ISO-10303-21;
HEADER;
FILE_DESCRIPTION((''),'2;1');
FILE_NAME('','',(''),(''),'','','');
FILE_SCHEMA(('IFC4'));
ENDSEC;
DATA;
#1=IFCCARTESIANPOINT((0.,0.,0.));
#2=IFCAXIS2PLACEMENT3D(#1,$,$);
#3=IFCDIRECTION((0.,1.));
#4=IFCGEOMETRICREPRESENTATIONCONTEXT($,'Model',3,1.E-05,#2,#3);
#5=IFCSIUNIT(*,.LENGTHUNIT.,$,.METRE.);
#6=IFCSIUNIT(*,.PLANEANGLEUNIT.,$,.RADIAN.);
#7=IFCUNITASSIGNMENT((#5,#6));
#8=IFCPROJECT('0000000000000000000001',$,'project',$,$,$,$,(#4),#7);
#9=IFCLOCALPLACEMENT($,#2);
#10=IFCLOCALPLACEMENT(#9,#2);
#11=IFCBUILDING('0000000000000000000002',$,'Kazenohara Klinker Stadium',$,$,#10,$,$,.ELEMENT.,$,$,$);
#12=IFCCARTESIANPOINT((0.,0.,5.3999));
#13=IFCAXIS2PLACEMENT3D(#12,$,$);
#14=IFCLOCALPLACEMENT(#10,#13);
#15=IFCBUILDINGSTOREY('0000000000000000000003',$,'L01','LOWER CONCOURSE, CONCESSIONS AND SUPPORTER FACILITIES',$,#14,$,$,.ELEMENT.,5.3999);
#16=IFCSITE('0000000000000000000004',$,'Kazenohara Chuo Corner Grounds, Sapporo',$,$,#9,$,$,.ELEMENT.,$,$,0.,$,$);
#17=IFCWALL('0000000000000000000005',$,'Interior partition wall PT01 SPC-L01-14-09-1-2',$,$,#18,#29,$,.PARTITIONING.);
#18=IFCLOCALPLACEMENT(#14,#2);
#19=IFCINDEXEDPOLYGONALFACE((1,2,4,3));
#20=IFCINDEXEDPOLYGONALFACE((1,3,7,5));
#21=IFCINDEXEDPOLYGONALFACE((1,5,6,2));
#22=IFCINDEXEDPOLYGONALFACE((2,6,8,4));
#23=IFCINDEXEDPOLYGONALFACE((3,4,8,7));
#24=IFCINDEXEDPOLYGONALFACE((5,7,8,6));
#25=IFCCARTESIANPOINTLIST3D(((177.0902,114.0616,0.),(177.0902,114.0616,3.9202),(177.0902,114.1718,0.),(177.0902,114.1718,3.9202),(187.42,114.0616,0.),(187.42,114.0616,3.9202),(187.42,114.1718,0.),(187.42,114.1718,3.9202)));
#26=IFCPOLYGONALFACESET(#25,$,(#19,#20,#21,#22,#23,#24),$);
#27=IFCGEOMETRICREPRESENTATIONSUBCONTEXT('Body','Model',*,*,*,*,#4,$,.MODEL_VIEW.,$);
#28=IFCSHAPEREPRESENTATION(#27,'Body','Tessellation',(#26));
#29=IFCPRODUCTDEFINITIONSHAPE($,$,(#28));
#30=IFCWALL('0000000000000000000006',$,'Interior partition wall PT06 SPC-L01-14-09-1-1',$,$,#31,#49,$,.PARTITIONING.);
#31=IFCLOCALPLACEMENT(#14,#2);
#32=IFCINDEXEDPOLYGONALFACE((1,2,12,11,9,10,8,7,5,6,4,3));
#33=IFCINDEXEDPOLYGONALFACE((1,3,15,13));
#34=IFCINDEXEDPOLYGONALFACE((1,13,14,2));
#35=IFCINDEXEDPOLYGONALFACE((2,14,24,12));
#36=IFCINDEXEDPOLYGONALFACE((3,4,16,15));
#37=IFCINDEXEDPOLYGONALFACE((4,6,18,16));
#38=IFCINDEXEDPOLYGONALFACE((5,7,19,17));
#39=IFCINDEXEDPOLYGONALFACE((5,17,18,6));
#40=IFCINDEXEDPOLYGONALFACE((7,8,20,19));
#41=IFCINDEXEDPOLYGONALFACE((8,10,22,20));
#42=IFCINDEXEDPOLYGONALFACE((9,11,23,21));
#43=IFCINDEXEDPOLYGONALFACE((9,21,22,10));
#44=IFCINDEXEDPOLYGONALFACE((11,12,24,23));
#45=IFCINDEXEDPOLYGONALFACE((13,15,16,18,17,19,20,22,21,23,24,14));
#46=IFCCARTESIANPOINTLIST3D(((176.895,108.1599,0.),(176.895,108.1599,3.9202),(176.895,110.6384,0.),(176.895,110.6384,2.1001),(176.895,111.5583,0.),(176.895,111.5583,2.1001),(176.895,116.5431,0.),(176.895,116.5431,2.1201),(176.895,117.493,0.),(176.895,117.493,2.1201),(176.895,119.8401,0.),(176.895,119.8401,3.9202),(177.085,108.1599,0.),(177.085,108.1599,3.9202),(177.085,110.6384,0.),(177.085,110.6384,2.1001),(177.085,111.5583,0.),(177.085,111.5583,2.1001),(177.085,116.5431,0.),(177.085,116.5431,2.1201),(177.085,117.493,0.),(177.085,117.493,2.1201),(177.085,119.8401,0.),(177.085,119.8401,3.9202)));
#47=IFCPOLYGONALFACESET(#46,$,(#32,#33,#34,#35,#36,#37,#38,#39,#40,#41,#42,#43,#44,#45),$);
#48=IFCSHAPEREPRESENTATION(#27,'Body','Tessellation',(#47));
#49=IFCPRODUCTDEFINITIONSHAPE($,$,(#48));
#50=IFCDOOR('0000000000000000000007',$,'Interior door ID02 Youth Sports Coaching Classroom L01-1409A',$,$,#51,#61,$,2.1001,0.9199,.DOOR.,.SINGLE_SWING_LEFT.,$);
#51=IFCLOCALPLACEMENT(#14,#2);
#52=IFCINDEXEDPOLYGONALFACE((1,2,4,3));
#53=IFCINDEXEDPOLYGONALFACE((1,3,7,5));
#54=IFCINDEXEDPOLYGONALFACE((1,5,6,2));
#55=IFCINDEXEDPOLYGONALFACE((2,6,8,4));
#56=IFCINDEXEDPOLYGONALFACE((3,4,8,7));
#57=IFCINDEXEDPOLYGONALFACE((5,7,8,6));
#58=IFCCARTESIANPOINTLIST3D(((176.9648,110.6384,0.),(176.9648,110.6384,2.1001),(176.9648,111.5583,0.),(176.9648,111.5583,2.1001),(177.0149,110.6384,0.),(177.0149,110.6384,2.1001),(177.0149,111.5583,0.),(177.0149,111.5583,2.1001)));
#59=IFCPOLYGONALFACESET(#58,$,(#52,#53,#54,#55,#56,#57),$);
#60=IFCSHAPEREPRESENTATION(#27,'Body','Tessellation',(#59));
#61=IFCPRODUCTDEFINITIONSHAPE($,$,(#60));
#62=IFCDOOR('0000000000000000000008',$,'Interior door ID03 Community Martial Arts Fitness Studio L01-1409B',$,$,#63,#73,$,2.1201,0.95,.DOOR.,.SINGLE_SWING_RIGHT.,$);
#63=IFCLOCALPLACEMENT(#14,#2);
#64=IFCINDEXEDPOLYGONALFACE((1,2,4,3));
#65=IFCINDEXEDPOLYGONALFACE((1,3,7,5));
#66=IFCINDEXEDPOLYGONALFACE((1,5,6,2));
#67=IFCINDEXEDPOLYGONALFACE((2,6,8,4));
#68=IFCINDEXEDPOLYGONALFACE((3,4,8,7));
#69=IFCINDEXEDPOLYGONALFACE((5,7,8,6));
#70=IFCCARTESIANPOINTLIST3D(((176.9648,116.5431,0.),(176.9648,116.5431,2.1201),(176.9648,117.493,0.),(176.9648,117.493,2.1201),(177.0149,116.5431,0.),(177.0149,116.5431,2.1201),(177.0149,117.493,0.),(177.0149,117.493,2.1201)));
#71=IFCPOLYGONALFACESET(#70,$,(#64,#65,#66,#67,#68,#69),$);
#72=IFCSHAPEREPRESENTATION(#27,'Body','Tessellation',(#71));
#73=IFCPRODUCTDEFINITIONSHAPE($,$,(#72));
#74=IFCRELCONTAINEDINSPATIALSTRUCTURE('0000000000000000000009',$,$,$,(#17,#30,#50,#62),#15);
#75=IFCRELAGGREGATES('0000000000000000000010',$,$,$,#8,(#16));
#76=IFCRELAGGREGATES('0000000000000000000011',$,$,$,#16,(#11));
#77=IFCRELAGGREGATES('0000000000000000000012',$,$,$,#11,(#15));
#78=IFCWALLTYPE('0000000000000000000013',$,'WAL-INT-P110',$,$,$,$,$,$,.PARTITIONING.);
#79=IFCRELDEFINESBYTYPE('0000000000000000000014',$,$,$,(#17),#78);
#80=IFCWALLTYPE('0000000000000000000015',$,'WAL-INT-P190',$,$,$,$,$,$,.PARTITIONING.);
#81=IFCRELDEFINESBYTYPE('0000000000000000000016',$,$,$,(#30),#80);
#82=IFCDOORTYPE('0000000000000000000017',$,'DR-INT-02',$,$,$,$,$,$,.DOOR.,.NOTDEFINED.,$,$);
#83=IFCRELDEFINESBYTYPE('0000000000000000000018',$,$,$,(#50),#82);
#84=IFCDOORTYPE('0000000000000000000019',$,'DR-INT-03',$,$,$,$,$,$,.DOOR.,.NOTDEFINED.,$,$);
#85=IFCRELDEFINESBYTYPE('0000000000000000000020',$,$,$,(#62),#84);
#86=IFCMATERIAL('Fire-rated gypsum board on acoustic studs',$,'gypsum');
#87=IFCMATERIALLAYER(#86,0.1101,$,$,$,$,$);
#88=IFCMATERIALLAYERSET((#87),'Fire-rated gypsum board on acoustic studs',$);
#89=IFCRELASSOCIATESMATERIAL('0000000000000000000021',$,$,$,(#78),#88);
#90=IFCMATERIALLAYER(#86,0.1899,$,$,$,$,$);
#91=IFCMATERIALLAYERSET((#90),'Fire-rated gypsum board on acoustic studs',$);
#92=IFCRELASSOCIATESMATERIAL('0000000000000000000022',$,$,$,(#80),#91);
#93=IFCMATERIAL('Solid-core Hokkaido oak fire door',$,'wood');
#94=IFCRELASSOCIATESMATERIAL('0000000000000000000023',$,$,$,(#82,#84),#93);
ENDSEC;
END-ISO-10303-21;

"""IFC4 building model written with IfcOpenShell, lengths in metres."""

from ifc_helpers import new_model, si_unit, direction, frame, frame_2d, origin, place, context, subcontext, project, spatial, rectangle, extrude, material, layer, layer_set, type_object, element, fill, save


model = new_model("IFC4")

# Units and contexts
model_context = context("Model", 3, precision=1e-05, world=origin(), true_north=direction((0.0, 1.0)))
body_context = subcontext(model_context, "Body", "Model", "MODEL_VIEW")
ifc_project = project(units=[si_unit("LENGTHUNIT", "METRE"), si_unit("PLANEANGLEUNIT", "RADIAN")], contexts=[model_context])

# Site, building, storey
site_placement = place(None, origin())
site = spatial("IfcSite", under=ifc_project, at=site_placement, Name="Kazenohara Chuo Corner Grounds, Sapporo", CompositionType="ELEMENT", RefElevation=0.0)
building_placement = place(site_placement, origin())
building = spatial("IfcBuilding", under=site, at=building_placement, Name="Kazenohara Klinker Stadium", CompositionType="ELEMENT")
storey_placement = place(building_placement, frame((0.0, 0.0, 5.3999)))
storey = spatial("IfcBuildingStorey", under=building, at=storey_placement, Name="L01", Description="LOWER CONCOURSE, CONCESSIONS AND SUPPORTER FACILITIES", CompositionType="ELEMENT", Elevation=5.3999)

# Wall
ifc_material_1 = material(Name="Fire-rated gypsum board on acoustic studs", Category="gypsum")
ifc_layer_1 = layer(ifc_material_1, 0.1101)
ifc_layer_set_1 = layer_set([ifc_layer_1], Name="Fire-rated gypsum board on acoustic studs")
wall_type_1 = type_object("IfcWallType", Name="WAL-INT-P110", PredefinedType="PARTITIONING", material=ifc_layer_set_1)
wall_1_placement = place(storey_placement, frame((177.0901, 114.1167, 0.0), z_axis=(0.0, 0.0, 1.0), x_axis=(1.0, 0.0, 0.0)))
element("IfcWall", 1, at=wall_1_placement, inside=storey, type_object=wall_type_1, Name="Interior partition wall PT01 SPC-L01-14-09-1-2", PredefinedType="PARTITIONING", context=body_context, shape_type="SweptSolid", body=[
    extrude(rectangle(XDim=10.3298, YDim=0.1101, at=frame_2d((5.165, 0.0))), origin(), (0.0, 0.0, 1.0), 3.9202),
])

# Wall, openings, doors
ifc_layer_2 = layer(ifc_material_1, 0.1899)
ifc_layer_set_2 = layer_set([ifc_layer_2], Name="Fire-rated gypsum board on acoustic studs")
wall_type_2 = type_object("IfcWallType", Name="WAL-INT-P190", PredefinedType="PARTITIONING", material=ifc_layer_set_2)
wall_2_placement = place(storey_placement, frame((176.99, 108.1599, 0.0), z_axis=(0.0, 0.0, 1.0), x_axis=(0.0, 1.0, 0.0)))
wall_2 = element("IfcWall", 2, at=wall_2_placement, inside=storey, type_object=wall_type_2, Name="Interior partition wall PT06 SPC-L01-14-09-1-1", PredefinedType="PARTITIONING", context=body_context, shape_type="SweptSolid", body=[
    extrude(rectangle(XDim=11.6802, YDim=0.1899, at=frame_2d((5.8401, 0.0))), origin(), (0.0, 0.0, 1.0), 3.9202),
])
opening_1_placement = place(wall_2_placement, frame((3.3984, 0.0, 0.0), z_axis=(0.0, 0.0, 1.0), x_axis=(-1.0, 0.0, 0.0)))
opening_1 = element("IfcOpeningElement", 3, at=opening_1_placement, cuts=wall_2, PredefinedType="OPENING", context=body_context, shape_type="SweptSolid", body=[
    extrude(rectangle(XDim=0.9199, YDim=2.1001, at=frame_2d((0.46, 1.05))), frame((0.0, 0.105, 0.0), z_axis=(0.0, -1.0, 0.0), x_axis=(1.0, 0.0, 0.0)), (0.0, 0.0, 1.0), 0.21),
])
opening_2_placement = place(wall_2_placement, frame((9.3333, 0.0, 0.0), z_axis=(0.0, 0.0, 1.0), x_axis=(-1.0, 0.0, 0.0)))
opening_2 = element("IfcOpeningElement", 4, at=opening_2_placement, cuts=wall_2, PredefinedType="OPENING", context=body_context, shape_type="SweptSolid", body=[
    extrude(rectangle(XDim=0.95, YDim=2.1201, at=frame_2d((0.4751, 1.0601))), frame((0.0, 0.105, 0.0), z_axis=(0.0, -1.0, 0.0), x_axis=(1.0, 0.0, 0.0)), (0.0, 0.0, 1.0), 0.21),
])
ifc_material_2 = material(Name="Solid-core Hokkaido oak fire door", Category="wood")
door_type_1 = type_object("IfcDoorType", Name="DR-INT-02", OperationType="NOTDEFINED", PredefinedType="DOOR", material=ifc_material_2)
door_1_placement = place(opening_1_placement, origin())
door_1 = element("IfcDoor", 5, at=door_1_placement, inside=storey, type_object=door_type_1, Name="Interior door ID02 Youth Sports Coaching Classroom L01-1409A", OperationType="SINGLE_SWING_LEFT", OverallHeight=2.1001, OverallWidth=0.9199, PredefinedType="DOOR", context=body_context, shape_type="SweptSolid", body=[
    extrude(rectangle(XDim=0.9199, YDim=2.1001, at=frame_2d((0.46, 1.05))), frame((0.0, 0.0249, 0.0), z_axis=(0.0, -1.0, 0.0), x_axis=(1.0, 0.0, 0.0)), (0.0, 0.0, 1.0), 0.05),
])
fill(opening_1, door_1)
door_type_2 = type_object("IfcDoorType", Name="DR-INT-03", OperationType="NOTDEFINED", PredefinedType="DOOR", material=ifc_material_2)
door_2_placement = place(opening_2_placement, origin())
door_2 = element("IfcDoor", 6, at=door_2_placement, inside=storey, type_object=door_type_2, Name="Interior door ID03 Community Martial Arts Fitness Studio L01-1409B", OperationType="SINGLE_SWING_RIGHT", OverallHeight=2.1201, OverallWidth=0.95, PredefinedType="DOOR", context=body_context, shape_type="SweptSolid", body=[
    extrude(rectangle(XDim=0.95, YDim=2.1201, at=frame_2d((0.4751, 1.0601))), frame((0.0, 0.0249, 0.0), z_axis=(0.0, -1.0, 0.0), x_axis=(1.0, 0.0, 0.0)), (0.0, 0.0, 1.0), 0.05),
])
fill(opening_2, door_2)

save(model, "model.ifc")
